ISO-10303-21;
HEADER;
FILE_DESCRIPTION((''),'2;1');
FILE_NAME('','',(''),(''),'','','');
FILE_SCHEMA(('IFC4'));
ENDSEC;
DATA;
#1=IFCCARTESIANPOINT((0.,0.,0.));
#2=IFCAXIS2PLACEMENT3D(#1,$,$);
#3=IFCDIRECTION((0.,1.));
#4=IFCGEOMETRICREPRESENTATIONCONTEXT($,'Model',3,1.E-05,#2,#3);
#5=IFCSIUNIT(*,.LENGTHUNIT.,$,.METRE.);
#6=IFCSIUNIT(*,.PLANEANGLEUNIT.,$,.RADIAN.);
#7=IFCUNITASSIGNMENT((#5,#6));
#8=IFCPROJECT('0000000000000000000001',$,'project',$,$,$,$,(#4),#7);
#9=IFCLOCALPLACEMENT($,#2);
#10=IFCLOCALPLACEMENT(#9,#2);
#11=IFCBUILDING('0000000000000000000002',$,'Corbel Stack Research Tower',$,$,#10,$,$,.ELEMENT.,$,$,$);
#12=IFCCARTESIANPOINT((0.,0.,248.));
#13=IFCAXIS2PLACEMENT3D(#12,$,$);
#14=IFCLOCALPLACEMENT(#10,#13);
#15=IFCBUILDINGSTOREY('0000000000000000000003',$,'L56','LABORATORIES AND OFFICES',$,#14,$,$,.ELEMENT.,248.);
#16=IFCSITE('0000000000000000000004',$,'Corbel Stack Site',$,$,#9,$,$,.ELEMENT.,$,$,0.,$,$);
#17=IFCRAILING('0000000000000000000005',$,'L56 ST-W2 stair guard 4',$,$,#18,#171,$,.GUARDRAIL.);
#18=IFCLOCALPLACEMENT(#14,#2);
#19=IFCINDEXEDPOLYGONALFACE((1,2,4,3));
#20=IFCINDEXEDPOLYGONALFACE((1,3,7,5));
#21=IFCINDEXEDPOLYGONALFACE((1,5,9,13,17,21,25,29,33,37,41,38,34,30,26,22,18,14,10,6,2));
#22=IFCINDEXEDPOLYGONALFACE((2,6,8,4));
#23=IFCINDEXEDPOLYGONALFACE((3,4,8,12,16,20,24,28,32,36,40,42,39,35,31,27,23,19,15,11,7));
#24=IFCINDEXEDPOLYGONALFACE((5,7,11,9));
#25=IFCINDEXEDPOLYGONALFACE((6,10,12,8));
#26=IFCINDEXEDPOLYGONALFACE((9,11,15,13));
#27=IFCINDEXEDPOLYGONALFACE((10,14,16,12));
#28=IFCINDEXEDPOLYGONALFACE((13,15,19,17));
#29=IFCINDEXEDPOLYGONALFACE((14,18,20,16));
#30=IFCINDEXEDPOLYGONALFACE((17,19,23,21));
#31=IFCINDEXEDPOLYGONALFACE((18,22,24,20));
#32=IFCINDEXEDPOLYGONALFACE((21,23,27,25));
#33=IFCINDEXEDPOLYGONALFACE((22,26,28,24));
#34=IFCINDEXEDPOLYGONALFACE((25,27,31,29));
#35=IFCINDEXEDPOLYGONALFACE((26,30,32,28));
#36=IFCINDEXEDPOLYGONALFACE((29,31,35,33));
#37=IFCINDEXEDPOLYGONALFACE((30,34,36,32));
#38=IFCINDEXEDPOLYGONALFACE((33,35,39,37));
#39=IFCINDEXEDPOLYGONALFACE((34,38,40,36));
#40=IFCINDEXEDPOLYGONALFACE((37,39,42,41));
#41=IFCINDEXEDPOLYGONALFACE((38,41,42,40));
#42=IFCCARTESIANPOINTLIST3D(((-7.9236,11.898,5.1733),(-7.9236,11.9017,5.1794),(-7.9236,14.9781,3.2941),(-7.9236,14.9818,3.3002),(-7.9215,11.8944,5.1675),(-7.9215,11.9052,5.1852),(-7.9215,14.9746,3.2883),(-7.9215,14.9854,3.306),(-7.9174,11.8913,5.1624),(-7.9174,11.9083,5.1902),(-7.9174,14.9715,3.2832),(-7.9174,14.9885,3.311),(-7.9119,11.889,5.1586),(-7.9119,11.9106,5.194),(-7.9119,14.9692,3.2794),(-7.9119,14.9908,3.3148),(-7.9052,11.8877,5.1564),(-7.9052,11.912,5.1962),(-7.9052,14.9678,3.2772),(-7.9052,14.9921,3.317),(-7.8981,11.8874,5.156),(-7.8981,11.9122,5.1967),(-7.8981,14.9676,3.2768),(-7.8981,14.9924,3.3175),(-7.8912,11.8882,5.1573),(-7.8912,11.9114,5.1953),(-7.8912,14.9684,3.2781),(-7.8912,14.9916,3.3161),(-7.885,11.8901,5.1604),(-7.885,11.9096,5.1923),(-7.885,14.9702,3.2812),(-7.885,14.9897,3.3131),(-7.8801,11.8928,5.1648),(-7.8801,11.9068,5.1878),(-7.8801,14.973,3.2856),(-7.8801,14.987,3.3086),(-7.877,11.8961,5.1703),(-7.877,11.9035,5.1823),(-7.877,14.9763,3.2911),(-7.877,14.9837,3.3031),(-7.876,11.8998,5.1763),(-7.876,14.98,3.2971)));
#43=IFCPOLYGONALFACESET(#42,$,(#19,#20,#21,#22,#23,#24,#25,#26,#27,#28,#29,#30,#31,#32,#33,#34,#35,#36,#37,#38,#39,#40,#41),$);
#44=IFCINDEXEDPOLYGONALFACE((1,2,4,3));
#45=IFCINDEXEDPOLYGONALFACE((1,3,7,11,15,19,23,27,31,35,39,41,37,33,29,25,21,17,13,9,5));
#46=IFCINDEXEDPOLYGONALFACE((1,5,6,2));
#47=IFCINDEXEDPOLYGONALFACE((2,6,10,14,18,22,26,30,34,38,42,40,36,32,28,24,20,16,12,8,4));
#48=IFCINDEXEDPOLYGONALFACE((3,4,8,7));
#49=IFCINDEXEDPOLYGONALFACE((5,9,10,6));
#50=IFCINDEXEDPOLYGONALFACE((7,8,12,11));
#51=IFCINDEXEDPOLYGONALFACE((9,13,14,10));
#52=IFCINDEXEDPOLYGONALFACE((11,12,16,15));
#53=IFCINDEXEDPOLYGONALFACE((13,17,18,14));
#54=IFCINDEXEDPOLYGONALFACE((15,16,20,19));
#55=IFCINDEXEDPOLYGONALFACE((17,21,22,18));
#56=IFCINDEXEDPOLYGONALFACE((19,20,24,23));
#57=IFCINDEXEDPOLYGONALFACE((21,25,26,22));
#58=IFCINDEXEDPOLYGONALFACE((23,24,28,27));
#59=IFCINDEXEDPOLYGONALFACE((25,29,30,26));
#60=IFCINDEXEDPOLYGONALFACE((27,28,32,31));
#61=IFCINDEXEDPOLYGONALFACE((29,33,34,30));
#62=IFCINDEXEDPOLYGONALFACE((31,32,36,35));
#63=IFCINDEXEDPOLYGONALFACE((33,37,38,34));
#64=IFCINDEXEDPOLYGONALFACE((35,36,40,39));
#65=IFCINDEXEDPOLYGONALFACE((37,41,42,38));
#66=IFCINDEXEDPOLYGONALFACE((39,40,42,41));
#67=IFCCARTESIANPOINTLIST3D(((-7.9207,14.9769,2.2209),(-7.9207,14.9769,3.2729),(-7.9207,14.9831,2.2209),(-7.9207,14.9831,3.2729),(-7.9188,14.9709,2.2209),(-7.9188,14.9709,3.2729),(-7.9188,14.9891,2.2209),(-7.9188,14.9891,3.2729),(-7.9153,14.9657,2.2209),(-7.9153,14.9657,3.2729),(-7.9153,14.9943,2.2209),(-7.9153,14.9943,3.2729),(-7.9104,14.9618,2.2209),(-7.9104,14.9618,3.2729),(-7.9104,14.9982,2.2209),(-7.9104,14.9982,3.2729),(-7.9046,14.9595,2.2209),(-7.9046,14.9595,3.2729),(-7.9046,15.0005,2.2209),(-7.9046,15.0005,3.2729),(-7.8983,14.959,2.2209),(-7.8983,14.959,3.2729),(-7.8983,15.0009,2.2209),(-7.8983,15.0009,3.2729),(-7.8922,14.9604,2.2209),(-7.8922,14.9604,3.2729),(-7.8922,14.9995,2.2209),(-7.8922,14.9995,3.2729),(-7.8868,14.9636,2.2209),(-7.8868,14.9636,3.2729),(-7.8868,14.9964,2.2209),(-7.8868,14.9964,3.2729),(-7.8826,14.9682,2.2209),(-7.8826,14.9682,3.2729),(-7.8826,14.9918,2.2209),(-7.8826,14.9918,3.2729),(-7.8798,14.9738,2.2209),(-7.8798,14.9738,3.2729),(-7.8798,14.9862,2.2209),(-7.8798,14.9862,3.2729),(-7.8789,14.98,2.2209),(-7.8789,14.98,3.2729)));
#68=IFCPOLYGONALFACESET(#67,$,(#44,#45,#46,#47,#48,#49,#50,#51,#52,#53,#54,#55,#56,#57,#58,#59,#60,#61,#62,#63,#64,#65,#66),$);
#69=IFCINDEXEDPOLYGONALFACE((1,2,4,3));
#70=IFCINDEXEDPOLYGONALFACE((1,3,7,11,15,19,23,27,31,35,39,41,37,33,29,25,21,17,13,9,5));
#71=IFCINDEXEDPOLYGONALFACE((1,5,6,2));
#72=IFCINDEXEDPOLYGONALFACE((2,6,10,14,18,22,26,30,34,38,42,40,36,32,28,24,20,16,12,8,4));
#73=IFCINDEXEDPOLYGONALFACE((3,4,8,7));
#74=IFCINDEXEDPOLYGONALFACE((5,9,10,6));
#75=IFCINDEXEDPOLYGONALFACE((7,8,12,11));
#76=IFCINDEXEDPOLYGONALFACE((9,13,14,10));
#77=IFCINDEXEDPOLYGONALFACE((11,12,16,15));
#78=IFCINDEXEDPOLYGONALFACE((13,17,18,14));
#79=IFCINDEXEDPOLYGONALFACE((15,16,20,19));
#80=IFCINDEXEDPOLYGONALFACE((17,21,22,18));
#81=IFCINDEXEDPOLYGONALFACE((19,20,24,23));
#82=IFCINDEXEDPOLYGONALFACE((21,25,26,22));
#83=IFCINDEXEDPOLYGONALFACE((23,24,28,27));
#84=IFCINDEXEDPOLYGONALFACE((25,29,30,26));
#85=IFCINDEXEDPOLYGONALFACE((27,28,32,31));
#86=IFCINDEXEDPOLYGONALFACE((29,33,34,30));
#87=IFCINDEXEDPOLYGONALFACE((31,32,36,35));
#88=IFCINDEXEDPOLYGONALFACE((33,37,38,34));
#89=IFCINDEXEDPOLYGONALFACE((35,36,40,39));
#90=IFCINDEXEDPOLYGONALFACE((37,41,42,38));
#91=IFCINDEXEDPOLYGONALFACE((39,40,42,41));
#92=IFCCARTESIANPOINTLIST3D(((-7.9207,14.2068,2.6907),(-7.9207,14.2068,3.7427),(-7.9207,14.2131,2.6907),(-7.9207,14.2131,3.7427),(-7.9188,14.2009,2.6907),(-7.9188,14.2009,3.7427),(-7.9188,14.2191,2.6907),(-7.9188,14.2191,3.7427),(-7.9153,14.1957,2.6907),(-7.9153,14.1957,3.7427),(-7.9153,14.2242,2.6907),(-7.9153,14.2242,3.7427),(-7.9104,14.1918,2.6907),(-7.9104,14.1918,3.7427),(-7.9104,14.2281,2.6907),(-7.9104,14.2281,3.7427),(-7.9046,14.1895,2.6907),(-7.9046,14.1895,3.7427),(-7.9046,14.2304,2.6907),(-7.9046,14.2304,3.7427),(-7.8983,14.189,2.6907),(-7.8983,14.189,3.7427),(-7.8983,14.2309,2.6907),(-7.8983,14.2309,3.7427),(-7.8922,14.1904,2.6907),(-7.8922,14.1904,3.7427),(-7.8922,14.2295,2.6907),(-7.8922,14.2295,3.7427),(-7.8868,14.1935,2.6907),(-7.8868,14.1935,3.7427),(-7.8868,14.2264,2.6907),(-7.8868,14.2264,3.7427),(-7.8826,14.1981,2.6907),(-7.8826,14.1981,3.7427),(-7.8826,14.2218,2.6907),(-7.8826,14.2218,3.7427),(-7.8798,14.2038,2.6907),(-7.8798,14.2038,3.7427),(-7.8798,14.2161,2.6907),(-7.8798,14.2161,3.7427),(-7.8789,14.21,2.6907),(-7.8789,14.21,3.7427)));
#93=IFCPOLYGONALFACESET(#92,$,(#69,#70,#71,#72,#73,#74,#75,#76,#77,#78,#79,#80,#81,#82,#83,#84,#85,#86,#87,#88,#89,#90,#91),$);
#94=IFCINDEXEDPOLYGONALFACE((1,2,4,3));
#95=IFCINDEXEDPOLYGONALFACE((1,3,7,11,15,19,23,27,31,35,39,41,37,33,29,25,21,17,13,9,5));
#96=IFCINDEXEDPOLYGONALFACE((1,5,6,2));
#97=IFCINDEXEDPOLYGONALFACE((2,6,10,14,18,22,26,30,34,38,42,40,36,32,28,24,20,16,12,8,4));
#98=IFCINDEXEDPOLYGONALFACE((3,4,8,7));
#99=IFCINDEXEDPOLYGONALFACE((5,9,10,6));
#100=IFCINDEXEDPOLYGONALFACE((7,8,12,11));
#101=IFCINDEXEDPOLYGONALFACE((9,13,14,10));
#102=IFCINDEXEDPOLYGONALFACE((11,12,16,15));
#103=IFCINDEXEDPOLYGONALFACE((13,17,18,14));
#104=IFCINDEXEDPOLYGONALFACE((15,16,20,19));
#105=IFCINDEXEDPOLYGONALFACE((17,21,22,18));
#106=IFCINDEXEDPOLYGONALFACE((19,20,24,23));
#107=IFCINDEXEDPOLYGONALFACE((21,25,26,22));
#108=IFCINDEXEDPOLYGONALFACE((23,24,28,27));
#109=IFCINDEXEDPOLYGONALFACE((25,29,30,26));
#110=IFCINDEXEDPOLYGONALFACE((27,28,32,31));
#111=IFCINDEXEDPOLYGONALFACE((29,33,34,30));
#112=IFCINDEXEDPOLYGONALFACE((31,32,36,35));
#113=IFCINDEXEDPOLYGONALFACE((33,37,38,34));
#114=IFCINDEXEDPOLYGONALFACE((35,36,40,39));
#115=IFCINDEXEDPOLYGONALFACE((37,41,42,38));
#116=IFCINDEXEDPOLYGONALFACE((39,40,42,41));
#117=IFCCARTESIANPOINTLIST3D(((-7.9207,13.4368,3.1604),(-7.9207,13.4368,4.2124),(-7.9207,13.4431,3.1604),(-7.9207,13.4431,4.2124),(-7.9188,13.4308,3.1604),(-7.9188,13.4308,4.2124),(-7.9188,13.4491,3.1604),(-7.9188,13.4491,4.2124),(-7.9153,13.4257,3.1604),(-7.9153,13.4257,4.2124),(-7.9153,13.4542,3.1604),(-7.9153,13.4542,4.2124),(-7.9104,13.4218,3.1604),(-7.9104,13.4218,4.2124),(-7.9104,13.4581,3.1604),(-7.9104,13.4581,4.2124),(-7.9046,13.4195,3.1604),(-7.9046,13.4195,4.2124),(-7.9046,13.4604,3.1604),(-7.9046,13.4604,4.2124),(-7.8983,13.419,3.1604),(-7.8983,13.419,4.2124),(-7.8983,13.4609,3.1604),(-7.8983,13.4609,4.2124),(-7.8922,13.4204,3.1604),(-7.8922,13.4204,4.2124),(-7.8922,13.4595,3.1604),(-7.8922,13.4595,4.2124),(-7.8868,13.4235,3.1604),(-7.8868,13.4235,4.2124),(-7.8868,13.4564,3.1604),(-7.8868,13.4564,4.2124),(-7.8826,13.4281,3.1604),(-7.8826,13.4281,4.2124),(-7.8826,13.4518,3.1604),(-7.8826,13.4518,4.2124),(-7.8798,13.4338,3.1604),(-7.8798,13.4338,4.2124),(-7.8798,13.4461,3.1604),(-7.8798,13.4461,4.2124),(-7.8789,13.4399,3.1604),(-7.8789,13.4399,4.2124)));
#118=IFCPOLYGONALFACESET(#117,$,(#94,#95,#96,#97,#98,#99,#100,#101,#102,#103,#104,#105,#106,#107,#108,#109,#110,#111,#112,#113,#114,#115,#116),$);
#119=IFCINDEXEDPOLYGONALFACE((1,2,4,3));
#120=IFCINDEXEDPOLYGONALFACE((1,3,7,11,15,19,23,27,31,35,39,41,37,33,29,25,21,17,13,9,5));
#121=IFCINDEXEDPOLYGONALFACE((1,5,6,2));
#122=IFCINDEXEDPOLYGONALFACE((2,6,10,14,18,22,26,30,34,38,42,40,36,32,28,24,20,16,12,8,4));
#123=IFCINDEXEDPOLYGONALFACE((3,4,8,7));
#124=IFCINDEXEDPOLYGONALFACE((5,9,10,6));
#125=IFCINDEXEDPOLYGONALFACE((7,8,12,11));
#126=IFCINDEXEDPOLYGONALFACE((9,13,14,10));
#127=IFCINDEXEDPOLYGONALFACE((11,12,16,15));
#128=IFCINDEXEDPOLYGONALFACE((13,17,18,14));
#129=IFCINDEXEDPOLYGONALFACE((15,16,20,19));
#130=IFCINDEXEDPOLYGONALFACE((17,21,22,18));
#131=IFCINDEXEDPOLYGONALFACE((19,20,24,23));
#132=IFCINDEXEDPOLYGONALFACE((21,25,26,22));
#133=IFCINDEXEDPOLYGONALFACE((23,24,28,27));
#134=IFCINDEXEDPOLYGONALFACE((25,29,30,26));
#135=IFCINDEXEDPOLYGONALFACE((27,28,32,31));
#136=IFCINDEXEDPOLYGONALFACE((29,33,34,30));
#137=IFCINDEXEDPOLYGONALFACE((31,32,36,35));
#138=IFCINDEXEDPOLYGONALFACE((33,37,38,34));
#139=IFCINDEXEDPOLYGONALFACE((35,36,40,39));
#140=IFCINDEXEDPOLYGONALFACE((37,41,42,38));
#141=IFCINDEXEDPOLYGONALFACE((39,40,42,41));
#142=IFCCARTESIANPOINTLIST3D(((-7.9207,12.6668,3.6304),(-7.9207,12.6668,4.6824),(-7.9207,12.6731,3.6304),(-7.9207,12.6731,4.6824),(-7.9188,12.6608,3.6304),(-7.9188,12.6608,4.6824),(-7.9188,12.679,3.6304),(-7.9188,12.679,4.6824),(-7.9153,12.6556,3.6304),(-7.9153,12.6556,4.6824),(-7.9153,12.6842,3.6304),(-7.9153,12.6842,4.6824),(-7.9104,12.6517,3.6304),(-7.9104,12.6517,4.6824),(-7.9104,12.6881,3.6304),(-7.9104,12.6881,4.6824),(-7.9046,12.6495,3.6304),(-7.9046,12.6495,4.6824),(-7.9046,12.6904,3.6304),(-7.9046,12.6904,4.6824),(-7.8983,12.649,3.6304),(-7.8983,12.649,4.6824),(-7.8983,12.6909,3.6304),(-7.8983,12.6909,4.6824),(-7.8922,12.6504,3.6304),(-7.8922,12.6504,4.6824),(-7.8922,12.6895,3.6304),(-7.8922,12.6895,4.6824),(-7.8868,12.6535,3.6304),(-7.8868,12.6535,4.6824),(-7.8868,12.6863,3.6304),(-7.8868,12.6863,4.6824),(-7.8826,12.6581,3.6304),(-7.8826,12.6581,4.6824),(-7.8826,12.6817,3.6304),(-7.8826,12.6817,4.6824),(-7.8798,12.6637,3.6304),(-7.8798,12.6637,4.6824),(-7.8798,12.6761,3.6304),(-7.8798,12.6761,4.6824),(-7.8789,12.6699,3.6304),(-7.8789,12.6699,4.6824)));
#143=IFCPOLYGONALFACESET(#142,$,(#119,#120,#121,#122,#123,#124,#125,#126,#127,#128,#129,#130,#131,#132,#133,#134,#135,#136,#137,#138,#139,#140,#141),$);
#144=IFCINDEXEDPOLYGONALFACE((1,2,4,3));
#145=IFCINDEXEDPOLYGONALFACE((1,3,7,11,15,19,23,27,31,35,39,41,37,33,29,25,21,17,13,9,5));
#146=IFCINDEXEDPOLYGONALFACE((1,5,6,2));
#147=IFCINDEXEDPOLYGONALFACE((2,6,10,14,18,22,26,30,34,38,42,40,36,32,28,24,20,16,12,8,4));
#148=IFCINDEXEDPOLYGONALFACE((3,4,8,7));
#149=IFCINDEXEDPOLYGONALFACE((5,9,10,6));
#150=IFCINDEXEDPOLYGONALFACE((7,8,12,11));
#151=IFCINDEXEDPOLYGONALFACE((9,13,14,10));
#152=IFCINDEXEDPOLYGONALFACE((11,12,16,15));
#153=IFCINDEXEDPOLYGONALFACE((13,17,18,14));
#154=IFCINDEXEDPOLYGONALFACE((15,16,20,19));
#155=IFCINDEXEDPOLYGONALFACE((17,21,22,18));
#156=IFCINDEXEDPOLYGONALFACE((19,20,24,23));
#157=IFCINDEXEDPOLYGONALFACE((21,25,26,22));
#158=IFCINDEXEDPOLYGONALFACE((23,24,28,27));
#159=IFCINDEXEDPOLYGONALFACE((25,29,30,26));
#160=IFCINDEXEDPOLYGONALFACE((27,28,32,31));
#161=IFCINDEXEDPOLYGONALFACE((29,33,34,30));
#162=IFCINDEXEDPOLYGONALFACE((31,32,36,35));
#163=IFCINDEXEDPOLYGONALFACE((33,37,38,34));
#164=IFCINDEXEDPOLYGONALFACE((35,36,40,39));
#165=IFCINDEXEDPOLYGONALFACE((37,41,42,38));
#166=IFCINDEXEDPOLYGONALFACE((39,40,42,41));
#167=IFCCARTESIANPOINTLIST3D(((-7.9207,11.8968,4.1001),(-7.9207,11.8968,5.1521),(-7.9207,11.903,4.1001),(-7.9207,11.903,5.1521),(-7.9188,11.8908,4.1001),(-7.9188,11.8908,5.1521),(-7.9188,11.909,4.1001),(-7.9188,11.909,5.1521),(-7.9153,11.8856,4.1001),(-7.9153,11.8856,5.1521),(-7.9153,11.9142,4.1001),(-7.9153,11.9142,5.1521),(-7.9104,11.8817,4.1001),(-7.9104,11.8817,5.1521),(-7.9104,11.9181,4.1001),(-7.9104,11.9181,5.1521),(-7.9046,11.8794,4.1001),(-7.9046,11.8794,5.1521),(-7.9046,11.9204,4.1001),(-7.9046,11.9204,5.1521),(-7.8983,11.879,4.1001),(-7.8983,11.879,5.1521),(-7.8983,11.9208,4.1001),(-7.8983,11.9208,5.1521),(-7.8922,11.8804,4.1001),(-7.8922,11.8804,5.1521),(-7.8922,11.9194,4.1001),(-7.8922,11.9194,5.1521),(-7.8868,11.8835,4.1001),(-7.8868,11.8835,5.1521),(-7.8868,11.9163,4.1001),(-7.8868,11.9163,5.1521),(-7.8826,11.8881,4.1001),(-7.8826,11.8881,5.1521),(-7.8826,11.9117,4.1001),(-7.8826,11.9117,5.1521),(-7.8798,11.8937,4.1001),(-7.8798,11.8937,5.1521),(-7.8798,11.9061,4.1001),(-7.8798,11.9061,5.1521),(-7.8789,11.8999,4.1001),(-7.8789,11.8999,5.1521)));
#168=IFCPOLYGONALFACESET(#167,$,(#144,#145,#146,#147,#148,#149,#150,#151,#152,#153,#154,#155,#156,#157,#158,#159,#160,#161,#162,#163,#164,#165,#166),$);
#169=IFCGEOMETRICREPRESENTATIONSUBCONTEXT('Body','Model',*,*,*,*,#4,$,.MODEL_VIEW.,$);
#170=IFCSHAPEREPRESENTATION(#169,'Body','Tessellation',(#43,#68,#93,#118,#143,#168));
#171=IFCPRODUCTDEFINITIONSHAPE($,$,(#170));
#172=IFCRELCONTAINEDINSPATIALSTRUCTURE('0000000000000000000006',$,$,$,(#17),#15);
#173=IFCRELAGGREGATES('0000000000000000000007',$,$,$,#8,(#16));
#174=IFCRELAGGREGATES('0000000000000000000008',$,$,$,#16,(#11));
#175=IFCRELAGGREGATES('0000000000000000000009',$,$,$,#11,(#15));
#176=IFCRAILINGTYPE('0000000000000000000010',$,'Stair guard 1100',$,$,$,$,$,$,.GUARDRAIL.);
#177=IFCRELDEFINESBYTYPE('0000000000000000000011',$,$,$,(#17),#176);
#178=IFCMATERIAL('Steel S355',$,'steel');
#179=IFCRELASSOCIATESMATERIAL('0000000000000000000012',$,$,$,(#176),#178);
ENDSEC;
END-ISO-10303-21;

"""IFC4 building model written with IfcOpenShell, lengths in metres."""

from ifc_helpers import new_model, si_unit, direction, frame, origin, origin_2d, place, context, subcontext, project, spatial, circle, extrude, material, type_object, element, save


model = new_model("IFC4")

# Units and contexts
model_context = context("Model", 3, precision=1e-05, world=origin(), true_north=direction((0.0, 1.0)))
body_context = subcontext(model_context, "Body", "Model", "MODEL_VIEW")
ifc_project = project(units=[si_unit("LENGTHUNIT", "METRE"), si_unit("PLANEANGLEUNIT", "RADIAN")], contexts=[model_context])

# Site, building, storey
site_placement = place(None, origin())
site = spatial("IfcSite", under=ifc_project, at=site_placement, Name="Corbel Stack Site", CompositionType="ELEMENT", RefElevation=0.0)
building_placement = place(site_placement, origin())
building = spatial("IfcBuilding", under=site, at=building_placement, Name="Corbel Stack Research Tower", CompositionType="ELEMENT")
storey_placement = place(building_placement, frame((0.0, 0.0, 248.0)))
storey = spatial("IfcBuildingStorey", under=building, at=storey_placement, Name="L56", Description="LABORATORIES AND OFFICES", CompositionType="ELEMENT", Elevation=248.0)

# Railing
ifc_material_1 = material(Name="Steel S355", Category="steel")
railing_type_1 = type_object("IfcRailingType", Name="Stair guard 1100", PredefinedType="GUARDRAIL", material=ifc_material_1)
railing_1_placement = place(storey_placement, frame((-7.8999, 14.98, 2.2209)))
element("IfcRailing", 1, at=railing_1_placement, inside=storey, type_object=railing_type_1, Name="L56 ST-W2 stair guard 4", PredefinedType="GUARDRAIL", context=body_context, shape_type="SweptSolid", body=[
    extrude(circle(Radius=0.0239, at=origin_2d()), frame((0.0, 0.0, 1.0762), z_axis=(0.0, -0.853666, 0.52082), x_axis=(1.0, 0.0, 0.0)), (0.0, 0.0, 1.0), 3.6082),
    extrude(circle(Radius=0.021, at=origin_2d()), origin(), (0.0, 0.0, 1.0), 1.052),
    extrude(circle(Radius=0.021, at=origin_2d()), frame((0.0, -0.77, 0.4697)), (0.0, 0.0, 1.0), 1.052),
    extrude(circle(Radius=0.021, at=origin_2d()), frame((0.0, -1.54, 0.9395)), (0.0, 0.0, 1.0), 1.052),
    extrude(circle(Radius=0.021, at=origin_2d()), frame((0.0, -2.3101, 1.4094)), (0.0, 0.0, 1.0), 1.052),
    extrude(circle(Radius=0.021, at=origin_2d()), frame((0.0, -3.0801, 1.8792)), (0.0, 0.0, 1.0), 1.052),
])

save(model, "model.ifc")
